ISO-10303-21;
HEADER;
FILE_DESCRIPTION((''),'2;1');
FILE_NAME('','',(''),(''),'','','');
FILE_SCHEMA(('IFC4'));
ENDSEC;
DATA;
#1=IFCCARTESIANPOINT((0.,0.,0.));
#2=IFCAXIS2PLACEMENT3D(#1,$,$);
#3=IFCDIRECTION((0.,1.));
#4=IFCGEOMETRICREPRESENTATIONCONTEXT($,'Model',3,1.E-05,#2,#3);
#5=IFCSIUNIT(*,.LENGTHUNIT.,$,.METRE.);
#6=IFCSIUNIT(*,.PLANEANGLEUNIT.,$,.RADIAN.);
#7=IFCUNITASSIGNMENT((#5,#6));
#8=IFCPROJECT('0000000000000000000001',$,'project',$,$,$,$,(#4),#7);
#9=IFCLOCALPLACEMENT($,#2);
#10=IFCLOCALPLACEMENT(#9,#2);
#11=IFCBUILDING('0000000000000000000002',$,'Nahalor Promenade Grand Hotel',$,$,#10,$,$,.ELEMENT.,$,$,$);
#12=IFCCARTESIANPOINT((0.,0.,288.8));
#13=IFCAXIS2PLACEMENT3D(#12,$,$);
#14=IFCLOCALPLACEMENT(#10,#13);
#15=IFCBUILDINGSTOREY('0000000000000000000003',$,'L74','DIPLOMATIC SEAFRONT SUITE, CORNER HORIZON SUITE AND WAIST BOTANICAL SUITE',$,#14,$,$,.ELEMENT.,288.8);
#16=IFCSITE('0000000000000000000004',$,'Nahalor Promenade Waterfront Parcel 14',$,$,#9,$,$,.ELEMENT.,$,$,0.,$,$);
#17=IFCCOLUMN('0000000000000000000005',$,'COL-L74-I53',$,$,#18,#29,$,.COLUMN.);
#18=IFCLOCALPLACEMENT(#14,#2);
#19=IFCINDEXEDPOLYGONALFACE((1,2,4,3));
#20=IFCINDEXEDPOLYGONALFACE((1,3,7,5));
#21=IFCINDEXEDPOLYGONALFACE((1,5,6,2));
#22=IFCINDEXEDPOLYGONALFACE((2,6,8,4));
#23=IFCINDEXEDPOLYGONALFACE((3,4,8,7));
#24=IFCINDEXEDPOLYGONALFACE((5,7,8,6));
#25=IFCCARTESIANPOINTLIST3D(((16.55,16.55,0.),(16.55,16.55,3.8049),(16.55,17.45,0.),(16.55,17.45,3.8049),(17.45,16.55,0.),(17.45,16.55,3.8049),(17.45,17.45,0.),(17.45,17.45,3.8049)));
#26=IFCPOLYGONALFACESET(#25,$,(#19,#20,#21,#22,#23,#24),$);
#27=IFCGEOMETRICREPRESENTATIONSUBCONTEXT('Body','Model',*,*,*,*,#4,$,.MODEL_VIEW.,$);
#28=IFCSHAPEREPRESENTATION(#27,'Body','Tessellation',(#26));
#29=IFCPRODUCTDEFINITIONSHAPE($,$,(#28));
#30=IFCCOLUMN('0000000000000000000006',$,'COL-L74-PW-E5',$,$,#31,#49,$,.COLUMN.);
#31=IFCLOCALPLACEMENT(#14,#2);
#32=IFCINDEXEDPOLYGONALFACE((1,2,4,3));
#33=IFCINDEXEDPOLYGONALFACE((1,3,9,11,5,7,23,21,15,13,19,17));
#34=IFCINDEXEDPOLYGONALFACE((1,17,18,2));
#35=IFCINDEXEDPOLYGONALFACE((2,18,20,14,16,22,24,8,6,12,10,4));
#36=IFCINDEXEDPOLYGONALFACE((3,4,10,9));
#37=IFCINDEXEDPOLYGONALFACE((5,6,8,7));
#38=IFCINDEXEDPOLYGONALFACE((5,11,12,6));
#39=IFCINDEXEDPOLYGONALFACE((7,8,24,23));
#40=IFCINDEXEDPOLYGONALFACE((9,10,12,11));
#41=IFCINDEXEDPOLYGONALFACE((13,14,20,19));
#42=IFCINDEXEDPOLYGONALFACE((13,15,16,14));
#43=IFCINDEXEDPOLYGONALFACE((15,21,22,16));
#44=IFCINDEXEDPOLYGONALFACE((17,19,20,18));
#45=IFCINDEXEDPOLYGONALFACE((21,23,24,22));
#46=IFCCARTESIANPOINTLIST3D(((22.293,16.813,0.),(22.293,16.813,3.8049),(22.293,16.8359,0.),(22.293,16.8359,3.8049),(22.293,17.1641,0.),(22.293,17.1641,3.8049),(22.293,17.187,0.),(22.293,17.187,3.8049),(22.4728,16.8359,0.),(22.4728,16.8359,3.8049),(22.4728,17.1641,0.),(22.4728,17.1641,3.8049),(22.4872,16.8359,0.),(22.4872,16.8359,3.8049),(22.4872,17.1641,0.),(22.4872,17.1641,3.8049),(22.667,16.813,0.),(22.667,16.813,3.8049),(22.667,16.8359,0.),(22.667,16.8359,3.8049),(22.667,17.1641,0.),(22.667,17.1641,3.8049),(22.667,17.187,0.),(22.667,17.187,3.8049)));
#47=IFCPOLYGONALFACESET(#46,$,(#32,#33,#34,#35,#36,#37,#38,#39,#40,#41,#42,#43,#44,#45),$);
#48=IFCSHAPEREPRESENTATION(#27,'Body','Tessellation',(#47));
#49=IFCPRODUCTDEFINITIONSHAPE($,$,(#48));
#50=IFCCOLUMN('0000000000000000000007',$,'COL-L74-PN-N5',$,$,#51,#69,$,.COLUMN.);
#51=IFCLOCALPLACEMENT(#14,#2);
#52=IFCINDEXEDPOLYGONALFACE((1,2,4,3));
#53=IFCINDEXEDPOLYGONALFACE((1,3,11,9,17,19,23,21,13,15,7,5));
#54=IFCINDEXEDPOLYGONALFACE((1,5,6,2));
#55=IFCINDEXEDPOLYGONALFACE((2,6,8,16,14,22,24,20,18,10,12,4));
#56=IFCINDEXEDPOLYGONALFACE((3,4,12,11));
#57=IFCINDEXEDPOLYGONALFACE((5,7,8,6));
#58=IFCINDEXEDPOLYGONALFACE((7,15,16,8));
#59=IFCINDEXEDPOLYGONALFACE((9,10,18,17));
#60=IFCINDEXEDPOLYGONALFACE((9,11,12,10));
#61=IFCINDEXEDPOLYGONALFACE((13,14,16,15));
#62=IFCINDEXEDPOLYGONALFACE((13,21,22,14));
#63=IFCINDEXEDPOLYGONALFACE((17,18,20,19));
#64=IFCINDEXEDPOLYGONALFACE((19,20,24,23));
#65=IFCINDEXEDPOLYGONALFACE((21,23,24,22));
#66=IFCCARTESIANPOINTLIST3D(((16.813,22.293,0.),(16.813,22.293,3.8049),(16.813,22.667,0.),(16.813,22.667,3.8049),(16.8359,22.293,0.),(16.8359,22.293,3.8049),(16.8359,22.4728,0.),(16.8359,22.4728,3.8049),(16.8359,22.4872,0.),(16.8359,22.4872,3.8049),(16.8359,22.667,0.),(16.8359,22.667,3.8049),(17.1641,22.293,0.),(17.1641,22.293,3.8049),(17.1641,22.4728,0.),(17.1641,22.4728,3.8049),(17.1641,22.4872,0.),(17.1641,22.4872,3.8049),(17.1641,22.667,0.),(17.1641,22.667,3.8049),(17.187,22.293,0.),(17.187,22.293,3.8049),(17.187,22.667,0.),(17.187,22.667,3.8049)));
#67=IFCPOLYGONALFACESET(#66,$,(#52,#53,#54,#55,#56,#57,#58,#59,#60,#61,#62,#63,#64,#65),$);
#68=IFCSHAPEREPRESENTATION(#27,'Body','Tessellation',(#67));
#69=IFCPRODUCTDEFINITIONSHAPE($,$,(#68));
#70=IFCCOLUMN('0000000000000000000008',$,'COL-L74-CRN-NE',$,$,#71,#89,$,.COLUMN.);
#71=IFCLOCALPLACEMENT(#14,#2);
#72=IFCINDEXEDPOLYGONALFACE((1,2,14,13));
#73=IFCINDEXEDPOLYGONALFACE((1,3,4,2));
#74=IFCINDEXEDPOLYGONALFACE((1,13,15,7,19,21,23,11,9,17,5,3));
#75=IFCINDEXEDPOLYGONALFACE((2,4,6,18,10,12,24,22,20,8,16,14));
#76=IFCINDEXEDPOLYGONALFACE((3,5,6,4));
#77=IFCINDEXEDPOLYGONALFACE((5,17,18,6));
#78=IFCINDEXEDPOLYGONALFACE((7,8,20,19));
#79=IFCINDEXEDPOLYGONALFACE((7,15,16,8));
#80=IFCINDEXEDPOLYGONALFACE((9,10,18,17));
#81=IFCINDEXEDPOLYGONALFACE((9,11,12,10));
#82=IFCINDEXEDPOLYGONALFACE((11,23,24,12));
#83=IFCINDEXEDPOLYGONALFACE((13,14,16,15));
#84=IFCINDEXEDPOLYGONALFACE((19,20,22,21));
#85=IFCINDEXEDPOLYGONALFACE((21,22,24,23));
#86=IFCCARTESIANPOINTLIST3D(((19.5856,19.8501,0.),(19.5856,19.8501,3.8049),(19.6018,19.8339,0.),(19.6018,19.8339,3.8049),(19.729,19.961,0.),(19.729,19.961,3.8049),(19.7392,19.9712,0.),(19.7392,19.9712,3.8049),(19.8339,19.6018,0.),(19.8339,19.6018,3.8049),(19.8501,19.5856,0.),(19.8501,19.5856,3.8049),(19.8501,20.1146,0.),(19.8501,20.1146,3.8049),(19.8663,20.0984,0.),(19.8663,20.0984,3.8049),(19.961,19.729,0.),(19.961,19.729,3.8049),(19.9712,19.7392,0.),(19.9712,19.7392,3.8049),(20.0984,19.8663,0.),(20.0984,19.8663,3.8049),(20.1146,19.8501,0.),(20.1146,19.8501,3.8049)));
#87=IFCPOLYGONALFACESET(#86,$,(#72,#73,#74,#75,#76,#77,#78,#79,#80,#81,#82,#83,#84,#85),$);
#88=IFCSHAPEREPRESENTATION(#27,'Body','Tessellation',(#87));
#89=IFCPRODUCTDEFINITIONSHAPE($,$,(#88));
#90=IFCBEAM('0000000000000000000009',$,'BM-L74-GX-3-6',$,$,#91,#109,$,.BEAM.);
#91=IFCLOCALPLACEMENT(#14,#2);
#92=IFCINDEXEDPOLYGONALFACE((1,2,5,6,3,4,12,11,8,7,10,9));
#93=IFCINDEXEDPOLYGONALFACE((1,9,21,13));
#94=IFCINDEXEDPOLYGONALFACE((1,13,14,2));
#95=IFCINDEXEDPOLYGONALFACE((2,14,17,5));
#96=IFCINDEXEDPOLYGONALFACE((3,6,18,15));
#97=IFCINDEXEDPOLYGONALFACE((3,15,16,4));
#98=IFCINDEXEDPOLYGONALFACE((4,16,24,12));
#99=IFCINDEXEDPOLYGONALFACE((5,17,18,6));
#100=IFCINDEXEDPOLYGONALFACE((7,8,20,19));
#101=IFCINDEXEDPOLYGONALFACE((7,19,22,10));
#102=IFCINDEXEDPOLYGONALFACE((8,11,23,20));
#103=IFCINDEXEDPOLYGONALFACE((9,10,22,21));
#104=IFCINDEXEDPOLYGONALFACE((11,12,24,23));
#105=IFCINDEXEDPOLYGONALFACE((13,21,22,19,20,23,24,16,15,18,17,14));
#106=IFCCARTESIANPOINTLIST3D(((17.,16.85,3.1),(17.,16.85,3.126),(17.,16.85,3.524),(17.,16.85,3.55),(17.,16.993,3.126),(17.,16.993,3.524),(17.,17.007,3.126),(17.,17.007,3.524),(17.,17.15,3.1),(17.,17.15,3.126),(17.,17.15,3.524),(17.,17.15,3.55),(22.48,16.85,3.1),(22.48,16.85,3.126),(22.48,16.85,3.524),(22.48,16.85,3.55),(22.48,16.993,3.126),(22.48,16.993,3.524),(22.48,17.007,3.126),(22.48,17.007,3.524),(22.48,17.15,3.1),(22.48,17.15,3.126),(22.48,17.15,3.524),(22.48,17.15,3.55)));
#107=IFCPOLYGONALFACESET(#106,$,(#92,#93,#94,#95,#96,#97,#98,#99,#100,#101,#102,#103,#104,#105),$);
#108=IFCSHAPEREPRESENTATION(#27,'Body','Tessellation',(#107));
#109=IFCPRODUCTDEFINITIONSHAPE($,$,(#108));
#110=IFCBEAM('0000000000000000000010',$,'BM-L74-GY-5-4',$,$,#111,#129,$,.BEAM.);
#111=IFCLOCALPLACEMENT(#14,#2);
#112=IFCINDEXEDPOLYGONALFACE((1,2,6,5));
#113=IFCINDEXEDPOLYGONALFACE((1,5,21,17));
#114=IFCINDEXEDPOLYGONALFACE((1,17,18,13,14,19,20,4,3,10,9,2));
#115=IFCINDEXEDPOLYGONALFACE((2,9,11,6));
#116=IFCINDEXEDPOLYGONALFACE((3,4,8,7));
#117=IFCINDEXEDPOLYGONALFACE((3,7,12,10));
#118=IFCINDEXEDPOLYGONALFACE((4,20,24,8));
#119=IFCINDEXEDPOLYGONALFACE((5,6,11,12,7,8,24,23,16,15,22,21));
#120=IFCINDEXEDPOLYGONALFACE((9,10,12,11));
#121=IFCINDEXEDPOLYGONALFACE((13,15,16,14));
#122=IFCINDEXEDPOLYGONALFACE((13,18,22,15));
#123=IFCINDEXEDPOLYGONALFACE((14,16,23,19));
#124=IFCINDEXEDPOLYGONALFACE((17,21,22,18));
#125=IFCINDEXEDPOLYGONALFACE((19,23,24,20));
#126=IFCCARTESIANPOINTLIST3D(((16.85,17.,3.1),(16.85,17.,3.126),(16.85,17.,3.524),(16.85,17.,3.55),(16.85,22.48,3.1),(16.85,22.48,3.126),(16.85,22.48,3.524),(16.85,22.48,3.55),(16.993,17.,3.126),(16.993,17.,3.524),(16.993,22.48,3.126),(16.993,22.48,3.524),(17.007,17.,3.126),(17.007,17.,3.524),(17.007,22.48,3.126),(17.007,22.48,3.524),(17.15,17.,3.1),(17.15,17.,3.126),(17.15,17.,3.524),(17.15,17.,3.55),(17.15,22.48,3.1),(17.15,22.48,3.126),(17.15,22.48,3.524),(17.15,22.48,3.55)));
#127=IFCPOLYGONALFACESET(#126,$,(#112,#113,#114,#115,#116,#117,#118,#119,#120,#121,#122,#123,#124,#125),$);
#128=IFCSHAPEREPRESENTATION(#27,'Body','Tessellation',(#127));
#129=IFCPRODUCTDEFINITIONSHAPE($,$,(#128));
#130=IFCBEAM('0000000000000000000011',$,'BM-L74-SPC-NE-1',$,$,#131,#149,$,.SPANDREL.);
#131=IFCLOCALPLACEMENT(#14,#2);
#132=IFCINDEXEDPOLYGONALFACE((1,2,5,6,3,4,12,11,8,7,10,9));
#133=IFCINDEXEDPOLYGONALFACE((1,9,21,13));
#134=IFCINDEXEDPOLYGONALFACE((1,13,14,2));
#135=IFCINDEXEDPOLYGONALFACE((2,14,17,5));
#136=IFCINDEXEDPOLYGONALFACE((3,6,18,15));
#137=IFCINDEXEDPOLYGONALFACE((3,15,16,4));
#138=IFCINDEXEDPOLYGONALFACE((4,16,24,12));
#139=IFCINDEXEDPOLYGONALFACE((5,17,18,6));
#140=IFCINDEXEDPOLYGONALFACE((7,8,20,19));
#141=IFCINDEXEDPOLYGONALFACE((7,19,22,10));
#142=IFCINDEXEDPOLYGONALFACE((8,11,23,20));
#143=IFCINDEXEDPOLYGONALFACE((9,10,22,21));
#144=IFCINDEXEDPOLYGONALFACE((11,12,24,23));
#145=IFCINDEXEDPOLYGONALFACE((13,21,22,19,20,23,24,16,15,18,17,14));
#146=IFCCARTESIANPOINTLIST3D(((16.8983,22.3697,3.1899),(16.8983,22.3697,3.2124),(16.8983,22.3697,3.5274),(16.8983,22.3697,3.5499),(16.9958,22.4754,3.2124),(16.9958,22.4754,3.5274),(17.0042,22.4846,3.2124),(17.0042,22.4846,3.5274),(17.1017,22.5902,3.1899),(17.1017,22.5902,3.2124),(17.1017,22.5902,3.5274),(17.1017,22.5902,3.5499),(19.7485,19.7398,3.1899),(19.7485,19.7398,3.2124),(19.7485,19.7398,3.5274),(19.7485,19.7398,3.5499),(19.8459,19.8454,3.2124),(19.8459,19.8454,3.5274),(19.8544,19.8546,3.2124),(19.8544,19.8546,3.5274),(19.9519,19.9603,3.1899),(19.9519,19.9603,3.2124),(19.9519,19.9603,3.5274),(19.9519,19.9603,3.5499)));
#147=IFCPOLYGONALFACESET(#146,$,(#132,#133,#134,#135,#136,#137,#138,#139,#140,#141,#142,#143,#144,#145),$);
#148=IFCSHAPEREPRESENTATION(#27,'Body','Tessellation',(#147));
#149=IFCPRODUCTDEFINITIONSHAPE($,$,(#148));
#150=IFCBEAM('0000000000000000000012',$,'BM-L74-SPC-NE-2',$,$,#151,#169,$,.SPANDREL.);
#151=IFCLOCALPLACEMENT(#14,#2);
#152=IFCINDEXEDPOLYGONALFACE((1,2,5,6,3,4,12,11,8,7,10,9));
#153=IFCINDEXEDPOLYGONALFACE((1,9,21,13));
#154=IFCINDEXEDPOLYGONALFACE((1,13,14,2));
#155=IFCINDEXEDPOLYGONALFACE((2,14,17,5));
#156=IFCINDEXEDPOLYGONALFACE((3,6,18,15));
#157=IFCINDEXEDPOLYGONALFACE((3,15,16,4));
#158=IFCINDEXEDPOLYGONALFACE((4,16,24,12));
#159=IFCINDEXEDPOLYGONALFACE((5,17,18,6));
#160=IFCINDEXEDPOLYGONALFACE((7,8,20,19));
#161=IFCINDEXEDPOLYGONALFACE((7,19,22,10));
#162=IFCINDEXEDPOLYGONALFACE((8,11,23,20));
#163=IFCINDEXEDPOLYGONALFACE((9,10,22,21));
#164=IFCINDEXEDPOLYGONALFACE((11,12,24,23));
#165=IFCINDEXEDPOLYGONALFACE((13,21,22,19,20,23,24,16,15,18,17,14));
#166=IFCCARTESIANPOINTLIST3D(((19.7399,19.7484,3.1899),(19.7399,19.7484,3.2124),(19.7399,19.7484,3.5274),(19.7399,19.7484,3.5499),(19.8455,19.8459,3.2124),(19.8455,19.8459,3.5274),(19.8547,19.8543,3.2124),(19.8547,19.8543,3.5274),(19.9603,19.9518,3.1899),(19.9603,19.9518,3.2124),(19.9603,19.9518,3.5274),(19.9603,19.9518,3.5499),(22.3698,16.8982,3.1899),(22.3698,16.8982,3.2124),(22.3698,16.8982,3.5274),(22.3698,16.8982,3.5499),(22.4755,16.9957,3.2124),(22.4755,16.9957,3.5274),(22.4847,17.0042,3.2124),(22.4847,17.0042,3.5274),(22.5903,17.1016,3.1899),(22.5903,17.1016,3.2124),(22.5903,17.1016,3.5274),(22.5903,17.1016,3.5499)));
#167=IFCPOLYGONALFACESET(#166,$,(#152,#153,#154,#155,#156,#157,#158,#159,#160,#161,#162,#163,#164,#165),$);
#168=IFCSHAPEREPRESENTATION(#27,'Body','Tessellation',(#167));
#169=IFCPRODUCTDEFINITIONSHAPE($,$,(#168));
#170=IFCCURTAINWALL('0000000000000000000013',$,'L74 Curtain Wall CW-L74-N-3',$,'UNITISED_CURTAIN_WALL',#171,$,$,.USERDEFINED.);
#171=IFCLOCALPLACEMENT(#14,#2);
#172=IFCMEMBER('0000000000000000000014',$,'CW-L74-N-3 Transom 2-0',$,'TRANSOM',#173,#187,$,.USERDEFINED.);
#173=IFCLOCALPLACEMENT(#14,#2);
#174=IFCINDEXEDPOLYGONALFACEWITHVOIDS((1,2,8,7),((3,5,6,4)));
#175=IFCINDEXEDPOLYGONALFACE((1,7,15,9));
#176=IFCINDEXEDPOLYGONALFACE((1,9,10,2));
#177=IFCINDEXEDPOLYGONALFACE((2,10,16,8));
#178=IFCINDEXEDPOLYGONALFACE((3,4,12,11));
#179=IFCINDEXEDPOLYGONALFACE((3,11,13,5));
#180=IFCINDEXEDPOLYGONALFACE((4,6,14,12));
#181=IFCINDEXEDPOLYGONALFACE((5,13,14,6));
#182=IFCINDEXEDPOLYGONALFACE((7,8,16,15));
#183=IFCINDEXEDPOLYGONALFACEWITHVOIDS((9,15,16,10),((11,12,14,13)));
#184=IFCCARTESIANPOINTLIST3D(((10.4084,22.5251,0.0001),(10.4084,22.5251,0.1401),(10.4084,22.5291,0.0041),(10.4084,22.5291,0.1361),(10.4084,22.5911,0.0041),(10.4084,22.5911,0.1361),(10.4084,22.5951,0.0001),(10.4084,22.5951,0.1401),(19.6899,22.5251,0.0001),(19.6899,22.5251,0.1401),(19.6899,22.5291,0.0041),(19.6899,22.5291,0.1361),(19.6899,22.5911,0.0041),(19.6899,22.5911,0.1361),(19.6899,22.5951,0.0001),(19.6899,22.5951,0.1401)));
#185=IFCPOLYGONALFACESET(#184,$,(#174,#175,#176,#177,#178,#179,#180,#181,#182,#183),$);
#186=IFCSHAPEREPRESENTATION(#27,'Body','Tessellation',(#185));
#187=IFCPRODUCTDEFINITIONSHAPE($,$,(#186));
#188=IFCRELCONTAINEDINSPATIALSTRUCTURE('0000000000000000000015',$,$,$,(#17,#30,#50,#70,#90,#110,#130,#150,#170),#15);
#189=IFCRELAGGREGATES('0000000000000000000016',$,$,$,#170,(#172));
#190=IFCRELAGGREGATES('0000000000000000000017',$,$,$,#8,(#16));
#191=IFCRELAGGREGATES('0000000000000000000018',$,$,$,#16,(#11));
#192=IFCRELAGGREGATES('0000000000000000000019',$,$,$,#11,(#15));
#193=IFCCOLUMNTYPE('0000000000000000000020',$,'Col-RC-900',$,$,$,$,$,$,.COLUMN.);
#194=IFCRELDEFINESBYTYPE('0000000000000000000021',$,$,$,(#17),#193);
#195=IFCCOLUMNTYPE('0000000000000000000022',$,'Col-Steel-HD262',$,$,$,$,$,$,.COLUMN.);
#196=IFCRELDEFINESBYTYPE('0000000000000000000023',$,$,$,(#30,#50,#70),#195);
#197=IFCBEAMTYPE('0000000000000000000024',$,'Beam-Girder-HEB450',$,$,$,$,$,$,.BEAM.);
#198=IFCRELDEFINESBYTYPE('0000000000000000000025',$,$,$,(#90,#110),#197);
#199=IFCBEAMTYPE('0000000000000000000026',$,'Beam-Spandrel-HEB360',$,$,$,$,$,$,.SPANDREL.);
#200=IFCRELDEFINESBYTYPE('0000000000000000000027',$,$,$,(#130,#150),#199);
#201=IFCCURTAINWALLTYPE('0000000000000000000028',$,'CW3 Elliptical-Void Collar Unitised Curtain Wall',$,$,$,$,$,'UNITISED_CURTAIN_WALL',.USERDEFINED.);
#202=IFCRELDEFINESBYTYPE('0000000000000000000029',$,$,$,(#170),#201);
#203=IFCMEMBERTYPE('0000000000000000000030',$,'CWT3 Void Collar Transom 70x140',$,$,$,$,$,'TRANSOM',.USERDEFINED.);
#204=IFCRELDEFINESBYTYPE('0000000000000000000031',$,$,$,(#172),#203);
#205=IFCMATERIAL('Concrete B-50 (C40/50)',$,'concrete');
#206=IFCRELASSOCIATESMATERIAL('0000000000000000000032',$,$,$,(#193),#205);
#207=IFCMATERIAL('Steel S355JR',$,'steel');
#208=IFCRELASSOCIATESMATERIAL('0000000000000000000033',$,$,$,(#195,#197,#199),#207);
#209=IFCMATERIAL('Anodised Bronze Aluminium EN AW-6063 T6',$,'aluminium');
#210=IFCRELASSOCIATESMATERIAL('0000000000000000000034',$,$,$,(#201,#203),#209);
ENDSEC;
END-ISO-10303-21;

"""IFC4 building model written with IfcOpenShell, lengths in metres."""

from ifc_helpers import new_model, si_unit, direction, frame, origin, origin_2d, place, context, subcontext, project, spatial, rectangle, hollow_rectangle, i_section, extrude, source, transform, mapped, material, material_profile, profile_set, type_object, element, aggregate, save


model = new_model("IFC4")

# Units and contexts
model_context = context("Model", 3, precision=1e-05, world=origin(), true_north=direction((0.0, 1.0)))
body_context = subcontext(model_context, "Body", "Model", "MODEL_VIEW")
ifc_project = project(units=[si_unit("LENGTHUNIT", "METRE"), si_unit("PLANEANGLEUNIT", "RADIAN")], contexts=[model_context])

# Site, building, storey
site_placement = place(None, origin())
site = spatial("IfcSite", under=ifc_project, at=site_placement, Name="Nahalor Promenade Waterfront Parcel 14", CompositionType="ELEMENT", RefElevation=0.0)
building_placement = place(site_placement, origin())
building = spatial("IfcBuilding", under=site, at=building_placement, Name="Nahalor Promenade Grand Hotel", CompositionType="ELEMENT")
storey_placement = place(building_placement, frame((0.0, 0.0, 288.8)))
storey = spatial("IfcBuildingStorey", under=building, at=storey_placement, Name="L74", Description="DIPLOMATIC SEAFRONT SUITE, CORNER HORIZON SUITE AND WAIST BOTANICAL SUITE", CompositionType="ELEMENT", Elevation=288.8)

# Columns
ifc_material_1 = material(Name="Concrete B-50 (C40/50)", Category="concrete")
ifc_material_profile_1 = material_profile(ifc_material_1, rectangle(XDim=0.9, YDim=0.9, at=origin_2d()), Name="RC 900x900")
ifc_profile_set_1 = profile_set([ifc_material_profile_1], Name="Concrete B-50 (C40/50)")
column_type_1 = type_object("IfcColumnType", Name="Col-RC-900", PredefinedType="COLUMN", material=ifc_profile_set_1)
shared_shape_1 = source(origin(), body_context, "Body", "SweptSolid", [
    extrude(rectangle(XDim=0.9, YDim=0.9, at=origin_2d()), origin(), (0.0, 0.0, 1.0), 3.8049),
])
column_placement = place(storey_placement, frame((17.0, 17.0, 0.0), z_axis=(0.0, 0.0, 1.0), x_axis=(1.0, 0.0, 0.0)))
element("IfcColumn", 1, at=column_placement, inside=storey, type_object=column_type_1, Name="COL-L74-I53", PredefinedType="COLUMN", context=body_context, shape_type="MappedRepresentation", body=[
    mapped(shared_shape_1, transform((0.0, 0.0, 0.0), scale=1.0)),
])
ifc_material_2 = material(Name="Steel S355JR", Category="steel")
ifc_material_profile_2 = material_profile(ifc_material_2, i_section(OverallWidth=0.374, OverallDepth=0.374, WebThickness=0.0144, FlangeThickness=0.0229, at=origin_2d()), Name="HD 360x262")
ifc_profile_set_2 = profile_set([ifc_material_profile_2], Name="Steel S355JR")
column_type_2 = type_object("IfcColumnType", Name="Col-Steel-HD262", PredefinedType="COLUMN", material=ifc_profile_set_2)
shared_shape_2 = source(origin(), body_context, "Body", "SweptSolid", [
    extrude(i_section(OverallWidth=0.374, OverallDepth=0.374, WebThickness=0.0144, FlangeThickness=0.0229, at=origin_2d()), origin(), (0.0, 0.0, 1.0), 3.8049),
])
for number, where, z_axis, x_axis, name in (
    (2, (22.48, 17.0, 0.0), (0.0, 0.0, 1.0), (1.0, 0.0, 0.0), "COL-L74-PW-E5"),
    (3, (17.0, 22.48, 0.0), (0.0, 0.0, 1.0), (0.0, 1.0, 0.0), "COL-L74-PN-N5"),
    (4, (19.8501, 19.8501, 0.0), (0.0, 0.0, 1.0), (0.707107, 0.707107, 0.0), "COL-L74-CRN-NE"),
):
    element("IfcColumn", number, at=place(storey_placement, frame(where, z_axis=z_axis, x_axis=x_axis)), inside=storey, type_object=column_type_2, Name=name, PredefinedType="COLUMN", context=body_context, shape_type="MappedRepresentation", body=[
        mapped(shared_shape_2, transform((0.0, 0.0, 0.0), scale=1.0)),
    ])

# Beams
ifc_material_profile_3 = material_profile(ifc_material_2, i_section(OverallWidth=0.3, OverallDepth=0.45, WebThickness=0.014, FlangeThickness=0.026, at=origin_2d()), Name="HEB 450")
ifc_profile_set_3 = profile_set([ifc_material_profile_3], Name="Steel S355JR")
beam_type_1 = type_object("IfcBeamType", Name="Beam-Girder-HEB450", PredefinedType="BEAM", material=ifc_profile_set_3)
shared_shape_3 = source(origin(), body_context, "Body", "SweptSolid", [
    extrude(i_section(OverallWidth=0.3, OverallDepth=0.45, WebThickness=0.014, FlangeThickness=0.026, at=origin_2d()), origin(), (0.0, 0.0, 1.0), 5.48),
])
for number, where, z_axis, x_axis, name in (
    (5, (17.0, 17.0, 3.325), (1.0, 0.0, 0.0), (0.0, 1.0, 0.0), "BM-L74-GX-3-6"),
    (6, (17.0, 17.0, 3.325), (0.0, 1.0, 0.0), (-1.0, 0.0, 0.0), "BM-L74-GY-5-4"),
):
    element("IfcBeam", number, at=place(storey_placement, frame(where, z_axis=z_axis, x_axis=x_axis)), inside=storey, type_object=beam_type_1, Name=name, PredefinedType="BEAM", context=body_context, shape_type="MappedRepresentation", body=[
        mapped(shared_shape_3, transform((0.0, 0.0, 0.0), scale=1.0)),
    ])
ifc_material_profile_4 = material_profile(ifc_material_2, i_section(OverallWidth=0.3, OverallDepth=0.36, WebThickness=0.0125, FlangeThickness=0.0225, at=origin_2d()), Name="HEB 360")
ifc_profile_set_4 = profile_set([ifc_material_profile_4], Name="Steel S355JR")
beam_type_2 = type_object("IfcBeamType", Name="Beam-Spandrel-HEB360", PredefinedType="SPANDREL", material=ifc_profile_set_4)
shared_shape_4 = source(origin(), body_context, "Body", "SweptSolid", [
    extrude(i_section(OverallWidth=0.3, OverallDepth=0.36, WebThickness=0.0125, FlangeThickness=0.0225, at=origin_2d()), origin(), (0.0, 0.0, 1.0), 3.8782),
])
for number, where, z_axis, x_axis, name in (
    (7, (17.0, 22.48, 3.3699), (0.734929, -0.678144, 0.0), (0.678144, 0.734929, 0.0), "BM-L74-SPC-NE-1"),
    (8, (19.8501, 19.8501, 3.3699), (0.678144, -0.734929, 0.0), (0.734929, 0.678144, 0.0), "BM-L74-SPC-NE-2"),
):
    element("IfcBeam", number, at=place(storey_placement, frame(where, z_axis=z_axis, x_axis=x_axis)), inside=storey, type_object=beam_type_2, Name=name, PredefinedType="SPANDREL", context=body_context, shape_type="MappedRepresentation", body=[
        mapped(shared_shape_4, transform((0.0, 0.0, 0.0), scale=1.0)),
    ])

# Curtain wall, member
ifc_material_3 = material(Name="Anodised Bronze Aluminium EN AW-6063 T6", Category="aluminium")
curtain_wall_type = type_object("IfcCurtainWallType", Name="CW3 Elliptical-Void Collar Unitised Curtain Wall", ElementType="UNITISED_CURTAIN_WALL", PredefinedType="USERDEFINED", material=ifc_material_3)
curtain_wall_1_placement = place(storey_placement, origin())
curtain_wall_1 = element("IfcCurtainWall", 9, at=curtain_wall_1_placement, inside=storey, type_object=curtain_wall_type, Name="L74 Curtain Wall CW-L74-N-3", ObjectType="UNITISED_CURTAIN_WALL", PredefinedType="USERDEFINED")
ifc_material_profile_5 = material_profile(ifc_material_3, hollow_rectangle(XDim=0.07, YDim=0.14, WallThickness=0.004, at=origin_2d()), Name="CWT 70x140x4")
ifc_profile_set_5 = profile_set([ifc_material_profile_5], Name="Anodised Bronze Aluminium EN AW-6063 T6")
member_type_1 = type_object("IfcMemberType", Name="CWT3 Void Collar Transom 70x140", ElementType="TRANSOM", PredefinedType="USERDEFINED", material=ifc_profile_set_5)
shared_shape_5 = source(origin(), body_context, "Body", "SweptSolid", [
    extrude(hollow_rectangle(XDim=0.07, YDim=0.14, WallThickness=0.004, at=origin_2d()), origin(), (0.0, 0.0, 1.0), 9.2815),
])
member_1_placement = place(storey_placement, frame((10.4084, 22.5601, 0.0701), z_axis=(1.0, 0.0, 0.0), x_axis=(0.0, 1.0, 0.0)))
member_1 = element("IfcMember", 10, at=member_1_placement, type_object=member_type_1, Name="CW-L74-N-3 Transom 2-0", ObjectType="TRANSOM", PredefinedType="USERDEFINED", context=body_context, shape_type="MappedRepresentation", body=[
    mapped(shared_shape_5, transform((0.0, 0.0, 0.0), scale=1.0)),
])

aggregate(curtain_wall_1, [member_1])

save(model, "model.ifc")
